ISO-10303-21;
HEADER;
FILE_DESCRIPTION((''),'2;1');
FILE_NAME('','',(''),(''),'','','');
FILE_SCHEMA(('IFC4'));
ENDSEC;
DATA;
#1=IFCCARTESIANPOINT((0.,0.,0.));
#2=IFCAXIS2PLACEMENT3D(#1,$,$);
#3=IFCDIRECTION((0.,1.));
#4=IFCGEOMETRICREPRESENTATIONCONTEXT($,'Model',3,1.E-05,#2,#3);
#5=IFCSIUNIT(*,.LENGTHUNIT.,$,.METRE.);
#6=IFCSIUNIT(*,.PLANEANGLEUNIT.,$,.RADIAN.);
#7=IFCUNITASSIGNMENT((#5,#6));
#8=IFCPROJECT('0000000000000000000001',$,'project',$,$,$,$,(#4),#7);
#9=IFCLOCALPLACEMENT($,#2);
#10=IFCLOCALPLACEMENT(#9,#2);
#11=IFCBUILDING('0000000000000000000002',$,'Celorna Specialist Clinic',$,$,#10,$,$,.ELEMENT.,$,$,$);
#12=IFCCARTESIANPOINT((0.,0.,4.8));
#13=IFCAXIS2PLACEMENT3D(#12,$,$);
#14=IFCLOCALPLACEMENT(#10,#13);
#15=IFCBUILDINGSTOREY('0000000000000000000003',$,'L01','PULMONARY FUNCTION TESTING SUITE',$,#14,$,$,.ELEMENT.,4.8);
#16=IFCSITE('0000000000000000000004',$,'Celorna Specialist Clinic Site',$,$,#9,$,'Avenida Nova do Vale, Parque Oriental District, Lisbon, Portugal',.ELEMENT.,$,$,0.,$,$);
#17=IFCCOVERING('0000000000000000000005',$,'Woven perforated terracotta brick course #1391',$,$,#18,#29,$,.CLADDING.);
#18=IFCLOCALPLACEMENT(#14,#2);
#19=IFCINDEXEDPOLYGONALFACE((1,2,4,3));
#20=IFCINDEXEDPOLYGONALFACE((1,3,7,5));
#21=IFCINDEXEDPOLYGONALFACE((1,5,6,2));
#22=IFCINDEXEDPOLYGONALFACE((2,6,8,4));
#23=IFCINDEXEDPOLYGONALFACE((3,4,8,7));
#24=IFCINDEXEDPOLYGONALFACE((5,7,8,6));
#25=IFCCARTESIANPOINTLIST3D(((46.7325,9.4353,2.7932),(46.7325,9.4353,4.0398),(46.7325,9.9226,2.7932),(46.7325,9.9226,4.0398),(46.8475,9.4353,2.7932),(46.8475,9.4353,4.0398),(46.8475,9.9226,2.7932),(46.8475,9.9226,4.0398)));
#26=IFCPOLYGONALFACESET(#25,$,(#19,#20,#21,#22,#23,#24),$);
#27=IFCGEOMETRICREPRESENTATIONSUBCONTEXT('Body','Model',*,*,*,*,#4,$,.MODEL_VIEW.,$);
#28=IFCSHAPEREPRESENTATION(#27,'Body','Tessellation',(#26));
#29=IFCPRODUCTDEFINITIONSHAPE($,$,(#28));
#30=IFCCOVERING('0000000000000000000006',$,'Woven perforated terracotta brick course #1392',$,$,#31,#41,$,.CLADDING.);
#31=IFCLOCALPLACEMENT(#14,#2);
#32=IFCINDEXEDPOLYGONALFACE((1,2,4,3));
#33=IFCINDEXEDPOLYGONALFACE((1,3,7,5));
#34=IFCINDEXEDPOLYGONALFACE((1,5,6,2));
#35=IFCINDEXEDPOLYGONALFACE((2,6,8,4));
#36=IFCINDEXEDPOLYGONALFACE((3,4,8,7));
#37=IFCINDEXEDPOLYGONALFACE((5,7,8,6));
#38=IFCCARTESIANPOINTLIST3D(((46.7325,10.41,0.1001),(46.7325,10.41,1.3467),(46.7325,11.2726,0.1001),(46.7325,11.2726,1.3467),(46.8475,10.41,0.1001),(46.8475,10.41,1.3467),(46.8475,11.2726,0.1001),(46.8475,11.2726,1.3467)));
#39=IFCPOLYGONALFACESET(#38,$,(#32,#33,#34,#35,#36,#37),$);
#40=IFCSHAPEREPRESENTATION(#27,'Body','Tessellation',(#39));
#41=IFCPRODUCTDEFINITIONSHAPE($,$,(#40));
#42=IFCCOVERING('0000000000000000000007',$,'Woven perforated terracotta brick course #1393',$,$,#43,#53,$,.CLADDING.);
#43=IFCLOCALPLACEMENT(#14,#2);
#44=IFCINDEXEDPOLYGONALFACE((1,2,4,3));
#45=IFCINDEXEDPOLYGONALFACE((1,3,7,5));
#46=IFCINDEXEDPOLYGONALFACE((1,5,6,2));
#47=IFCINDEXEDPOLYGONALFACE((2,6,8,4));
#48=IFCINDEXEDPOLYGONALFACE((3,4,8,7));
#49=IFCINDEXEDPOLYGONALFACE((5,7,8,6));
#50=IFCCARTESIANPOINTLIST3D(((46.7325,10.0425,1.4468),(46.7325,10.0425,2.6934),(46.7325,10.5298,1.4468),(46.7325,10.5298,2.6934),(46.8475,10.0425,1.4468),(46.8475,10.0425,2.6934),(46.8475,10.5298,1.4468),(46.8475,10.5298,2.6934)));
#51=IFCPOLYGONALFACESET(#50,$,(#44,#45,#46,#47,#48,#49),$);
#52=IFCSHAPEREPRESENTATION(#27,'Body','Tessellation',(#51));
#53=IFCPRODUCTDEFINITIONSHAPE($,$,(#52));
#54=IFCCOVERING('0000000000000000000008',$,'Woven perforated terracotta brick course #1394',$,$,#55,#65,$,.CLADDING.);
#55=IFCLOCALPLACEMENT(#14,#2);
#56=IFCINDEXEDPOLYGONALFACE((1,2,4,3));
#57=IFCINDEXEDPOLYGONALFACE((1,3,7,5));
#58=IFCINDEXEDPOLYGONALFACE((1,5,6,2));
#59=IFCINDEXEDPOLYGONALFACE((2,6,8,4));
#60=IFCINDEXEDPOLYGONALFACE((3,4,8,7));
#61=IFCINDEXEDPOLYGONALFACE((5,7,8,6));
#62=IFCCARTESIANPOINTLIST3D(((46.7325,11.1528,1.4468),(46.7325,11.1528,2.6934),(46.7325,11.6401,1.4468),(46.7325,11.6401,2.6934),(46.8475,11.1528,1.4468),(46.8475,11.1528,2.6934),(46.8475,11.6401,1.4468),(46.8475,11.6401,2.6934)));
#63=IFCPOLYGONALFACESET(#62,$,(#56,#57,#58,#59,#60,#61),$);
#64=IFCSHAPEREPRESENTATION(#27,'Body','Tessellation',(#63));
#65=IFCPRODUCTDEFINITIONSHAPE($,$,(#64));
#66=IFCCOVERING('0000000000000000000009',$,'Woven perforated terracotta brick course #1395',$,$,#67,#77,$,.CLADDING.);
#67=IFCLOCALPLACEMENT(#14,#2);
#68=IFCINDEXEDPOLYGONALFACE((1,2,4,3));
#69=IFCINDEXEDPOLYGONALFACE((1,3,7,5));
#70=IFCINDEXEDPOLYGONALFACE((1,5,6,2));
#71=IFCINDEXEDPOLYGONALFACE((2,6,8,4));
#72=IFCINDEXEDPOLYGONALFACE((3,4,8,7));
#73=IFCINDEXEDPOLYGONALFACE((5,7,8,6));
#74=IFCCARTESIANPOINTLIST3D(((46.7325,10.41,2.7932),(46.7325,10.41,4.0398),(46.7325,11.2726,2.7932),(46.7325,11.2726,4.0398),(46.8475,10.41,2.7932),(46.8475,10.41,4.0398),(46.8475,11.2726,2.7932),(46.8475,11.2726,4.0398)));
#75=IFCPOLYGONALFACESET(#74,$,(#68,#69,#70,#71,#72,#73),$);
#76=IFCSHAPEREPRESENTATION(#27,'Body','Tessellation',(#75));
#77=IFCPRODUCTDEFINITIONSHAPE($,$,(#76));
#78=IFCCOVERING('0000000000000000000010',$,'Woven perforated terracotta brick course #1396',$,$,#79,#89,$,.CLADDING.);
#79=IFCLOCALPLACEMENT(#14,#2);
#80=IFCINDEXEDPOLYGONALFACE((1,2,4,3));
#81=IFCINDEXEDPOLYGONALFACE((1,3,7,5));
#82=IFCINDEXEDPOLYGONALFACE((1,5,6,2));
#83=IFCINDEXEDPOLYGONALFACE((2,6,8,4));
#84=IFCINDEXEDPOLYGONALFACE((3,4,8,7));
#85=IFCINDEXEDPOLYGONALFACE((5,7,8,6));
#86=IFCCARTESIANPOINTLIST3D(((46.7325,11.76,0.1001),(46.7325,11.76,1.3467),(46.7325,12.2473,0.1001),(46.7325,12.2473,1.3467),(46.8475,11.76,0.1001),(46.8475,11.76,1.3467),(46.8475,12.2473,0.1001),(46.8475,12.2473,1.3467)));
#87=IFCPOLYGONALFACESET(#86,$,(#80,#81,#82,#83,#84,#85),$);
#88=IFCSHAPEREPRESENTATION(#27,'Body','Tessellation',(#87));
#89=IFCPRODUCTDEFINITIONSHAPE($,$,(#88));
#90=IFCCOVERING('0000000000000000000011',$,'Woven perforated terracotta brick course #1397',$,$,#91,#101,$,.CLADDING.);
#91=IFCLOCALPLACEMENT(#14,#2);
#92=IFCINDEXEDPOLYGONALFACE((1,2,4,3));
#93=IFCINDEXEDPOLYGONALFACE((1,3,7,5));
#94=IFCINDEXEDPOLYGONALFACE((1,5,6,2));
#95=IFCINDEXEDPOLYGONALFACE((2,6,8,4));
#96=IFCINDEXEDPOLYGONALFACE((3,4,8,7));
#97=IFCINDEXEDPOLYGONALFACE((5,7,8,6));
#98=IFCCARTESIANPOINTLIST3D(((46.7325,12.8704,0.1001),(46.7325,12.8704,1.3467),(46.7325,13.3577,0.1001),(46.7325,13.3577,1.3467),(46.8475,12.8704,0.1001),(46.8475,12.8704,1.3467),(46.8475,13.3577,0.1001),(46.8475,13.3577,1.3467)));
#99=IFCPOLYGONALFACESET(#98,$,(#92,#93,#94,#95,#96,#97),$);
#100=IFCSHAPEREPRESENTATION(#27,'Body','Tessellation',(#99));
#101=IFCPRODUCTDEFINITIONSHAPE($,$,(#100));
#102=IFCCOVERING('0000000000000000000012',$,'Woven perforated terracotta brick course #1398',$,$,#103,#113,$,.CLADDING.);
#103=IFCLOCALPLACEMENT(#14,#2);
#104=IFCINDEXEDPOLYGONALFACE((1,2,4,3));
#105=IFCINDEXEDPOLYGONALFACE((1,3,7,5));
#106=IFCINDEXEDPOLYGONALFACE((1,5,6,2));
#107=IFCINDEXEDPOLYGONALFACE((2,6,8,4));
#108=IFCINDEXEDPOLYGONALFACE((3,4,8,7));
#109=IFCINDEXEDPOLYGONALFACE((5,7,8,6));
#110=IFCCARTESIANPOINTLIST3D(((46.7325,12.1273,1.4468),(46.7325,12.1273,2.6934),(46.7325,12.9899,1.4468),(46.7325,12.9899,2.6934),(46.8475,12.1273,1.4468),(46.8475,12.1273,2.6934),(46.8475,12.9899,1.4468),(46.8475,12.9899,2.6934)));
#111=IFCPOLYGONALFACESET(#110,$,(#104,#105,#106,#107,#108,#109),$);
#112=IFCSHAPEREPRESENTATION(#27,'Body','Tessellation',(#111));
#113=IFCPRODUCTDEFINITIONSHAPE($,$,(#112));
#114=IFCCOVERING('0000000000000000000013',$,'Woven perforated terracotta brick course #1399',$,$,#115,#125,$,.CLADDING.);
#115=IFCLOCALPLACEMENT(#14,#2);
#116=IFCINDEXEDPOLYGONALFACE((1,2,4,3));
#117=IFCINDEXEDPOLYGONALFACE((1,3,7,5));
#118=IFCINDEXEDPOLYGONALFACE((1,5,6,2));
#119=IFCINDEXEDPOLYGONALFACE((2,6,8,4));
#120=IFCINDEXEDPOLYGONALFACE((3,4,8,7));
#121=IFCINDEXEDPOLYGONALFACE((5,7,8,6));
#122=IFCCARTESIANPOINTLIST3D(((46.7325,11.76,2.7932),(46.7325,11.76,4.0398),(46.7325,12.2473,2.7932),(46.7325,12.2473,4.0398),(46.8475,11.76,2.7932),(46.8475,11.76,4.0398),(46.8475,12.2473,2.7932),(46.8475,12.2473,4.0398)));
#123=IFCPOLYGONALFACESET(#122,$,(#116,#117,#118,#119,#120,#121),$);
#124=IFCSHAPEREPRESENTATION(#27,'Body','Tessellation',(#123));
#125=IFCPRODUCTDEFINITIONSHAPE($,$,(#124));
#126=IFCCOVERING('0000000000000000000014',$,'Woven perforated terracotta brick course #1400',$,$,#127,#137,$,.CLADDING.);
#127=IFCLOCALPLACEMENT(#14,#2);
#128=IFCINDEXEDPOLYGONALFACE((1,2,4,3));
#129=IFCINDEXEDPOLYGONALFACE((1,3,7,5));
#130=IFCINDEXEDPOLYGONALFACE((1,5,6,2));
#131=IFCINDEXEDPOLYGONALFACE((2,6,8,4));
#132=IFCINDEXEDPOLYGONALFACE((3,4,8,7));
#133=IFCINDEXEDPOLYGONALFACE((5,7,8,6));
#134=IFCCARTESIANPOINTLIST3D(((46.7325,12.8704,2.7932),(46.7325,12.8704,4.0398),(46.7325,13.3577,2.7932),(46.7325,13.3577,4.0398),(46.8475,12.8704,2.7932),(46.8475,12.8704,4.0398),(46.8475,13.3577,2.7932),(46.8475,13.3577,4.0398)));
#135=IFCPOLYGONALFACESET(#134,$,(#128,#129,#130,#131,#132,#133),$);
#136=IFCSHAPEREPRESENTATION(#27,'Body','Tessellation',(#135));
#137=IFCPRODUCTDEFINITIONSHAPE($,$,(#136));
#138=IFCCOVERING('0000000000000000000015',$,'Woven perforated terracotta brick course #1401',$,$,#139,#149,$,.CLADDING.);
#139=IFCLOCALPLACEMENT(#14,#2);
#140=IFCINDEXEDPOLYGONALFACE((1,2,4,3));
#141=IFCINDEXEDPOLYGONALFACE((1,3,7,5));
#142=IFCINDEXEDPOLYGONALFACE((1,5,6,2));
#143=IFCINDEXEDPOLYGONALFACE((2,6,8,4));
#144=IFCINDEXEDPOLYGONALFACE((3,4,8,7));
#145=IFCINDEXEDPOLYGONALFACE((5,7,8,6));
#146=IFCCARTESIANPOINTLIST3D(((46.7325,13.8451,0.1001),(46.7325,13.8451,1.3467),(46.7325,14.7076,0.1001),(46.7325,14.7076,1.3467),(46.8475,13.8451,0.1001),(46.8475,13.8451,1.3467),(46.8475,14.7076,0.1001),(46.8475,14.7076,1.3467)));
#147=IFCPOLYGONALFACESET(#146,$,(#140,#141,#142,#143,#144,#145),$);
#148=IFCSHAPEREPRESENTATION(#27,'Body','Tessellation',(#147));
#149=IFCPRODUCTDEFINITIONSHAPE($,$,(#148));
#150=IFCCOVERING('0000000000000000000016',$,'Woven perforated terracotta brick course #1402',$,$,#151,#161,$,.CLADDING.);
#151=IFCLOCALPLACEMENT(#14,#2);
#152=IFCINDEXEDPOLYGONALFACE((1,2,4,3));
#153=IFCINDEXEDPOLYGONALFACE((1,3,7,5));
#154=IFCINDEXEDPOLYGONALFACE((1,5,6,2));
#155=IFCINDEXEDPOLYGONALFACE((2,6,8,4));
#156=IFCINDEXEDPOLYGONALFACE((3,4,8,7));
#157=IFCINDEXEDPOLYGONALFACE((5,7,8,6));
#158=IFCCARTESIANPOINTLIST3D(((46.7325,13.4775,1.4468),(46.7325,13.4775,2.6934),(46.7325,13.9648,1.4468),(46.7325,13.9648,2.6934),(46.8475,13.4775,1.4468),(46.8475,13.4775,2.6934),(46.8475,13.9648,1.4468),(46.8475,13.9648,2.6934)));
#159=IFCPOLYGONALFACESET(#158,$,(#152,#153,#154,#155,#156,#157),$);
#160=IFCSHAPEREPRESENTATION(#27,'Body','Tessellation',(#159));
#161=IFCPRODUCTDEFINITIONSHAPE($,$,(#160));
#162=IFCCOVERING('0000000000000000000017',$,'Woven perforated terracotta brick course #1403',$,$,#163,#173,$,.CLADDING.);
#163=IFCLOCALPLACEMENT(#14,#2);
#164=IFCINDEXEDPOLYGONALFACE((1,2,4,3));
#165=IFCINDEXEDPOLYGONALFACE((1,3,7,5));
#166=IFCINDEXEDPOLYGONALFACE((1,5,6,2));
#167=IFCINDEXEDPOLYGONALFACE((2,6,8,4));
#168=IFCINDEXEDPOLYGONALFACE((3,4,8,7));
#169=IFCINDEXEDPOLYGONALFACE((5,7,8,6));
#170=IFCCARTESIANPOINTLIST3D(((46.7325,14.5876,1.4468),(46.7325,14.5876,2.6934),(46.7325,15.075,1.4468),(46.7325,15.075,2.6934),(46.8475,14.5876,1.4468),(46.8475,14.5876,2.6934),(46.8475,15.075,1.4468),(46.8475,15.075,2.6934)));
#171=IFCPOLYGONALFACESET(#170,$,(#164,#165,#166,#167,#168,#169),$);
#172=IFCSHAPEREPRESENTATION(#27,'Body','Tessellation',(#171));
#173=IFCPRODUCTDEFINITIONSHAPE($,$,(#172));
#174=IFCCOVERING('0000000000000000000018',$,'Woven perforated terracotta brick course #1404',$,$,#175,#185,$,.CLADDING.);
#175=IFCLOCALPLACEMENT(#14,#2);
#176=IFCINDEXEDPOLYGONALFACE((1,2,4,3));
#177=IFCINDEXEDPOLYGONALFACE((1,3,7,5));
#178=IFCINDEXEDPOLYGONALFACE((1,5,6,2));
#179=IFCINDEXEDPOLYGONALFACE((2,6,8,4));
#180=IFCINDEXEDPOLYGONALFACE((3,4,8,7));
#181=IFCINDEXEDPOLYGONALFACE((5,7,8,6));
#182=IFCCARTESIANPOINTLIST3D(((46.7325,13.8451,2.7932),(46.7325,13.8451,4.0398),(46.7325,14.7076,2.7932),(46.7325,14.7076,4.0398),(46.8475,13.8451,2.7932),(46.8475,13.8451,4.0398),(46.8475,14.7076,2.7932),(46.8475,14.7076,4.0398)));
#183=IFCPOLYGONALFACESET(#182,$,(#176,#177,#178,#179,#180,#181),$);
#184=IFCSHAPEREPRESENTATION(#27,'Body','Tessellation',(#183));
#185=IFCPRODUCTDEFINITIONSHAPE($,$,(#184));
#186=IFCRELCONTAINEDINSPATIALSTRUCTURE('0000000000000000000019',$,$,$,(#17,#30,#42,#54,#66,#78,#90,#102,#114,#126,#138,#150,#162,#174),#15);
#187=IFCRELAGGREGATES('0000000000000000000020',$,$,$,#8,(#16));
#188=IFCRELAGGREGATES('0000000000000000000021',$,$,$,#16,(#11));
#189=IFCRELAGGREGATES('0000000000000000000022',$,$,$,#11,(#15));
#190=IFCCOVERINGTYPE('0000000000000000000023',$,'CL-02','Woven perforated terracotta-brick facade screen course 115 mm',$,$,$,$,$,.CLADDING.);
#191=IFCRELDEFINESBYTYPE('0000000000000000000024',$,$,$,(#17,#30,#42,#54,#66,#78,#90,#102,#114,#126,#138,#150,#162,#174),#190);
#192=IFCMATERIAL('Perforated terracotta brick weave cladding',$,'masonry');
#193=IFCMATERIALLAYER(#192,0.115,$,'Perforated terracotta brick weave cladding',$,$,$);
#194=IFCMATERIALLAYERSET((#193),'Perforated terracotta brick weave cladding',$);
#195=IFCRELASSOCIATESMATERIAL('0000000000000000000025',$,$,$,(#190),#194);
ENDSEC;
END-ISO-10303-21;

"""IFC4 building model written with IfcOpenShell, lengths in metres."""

from ifc_helpers import new_model, si_unit, direction, frame, origin, origin_2d, place, context, subcontext, project, spatial, rectangle, extrude, material, layer, layer_set, type_object, element, save


model = new_model("IFC4")

# Units and contexts
model_context = context("Model", 3, precision=1e-05, world=origin(), true_north=direction((0.0, 1.0)))
body_context = subcontext(model_context, "Body", "Model", "MODEL_VIEW")
ifc_project = project(units=[si_unit("LENGTHUNIT", "METRE"), si_unit("PLANEANGLEUNIT", "RADIAN")], contexts=[model_context])

# Site, building, storey
site_placement = place(None, origin())
site = spatial("IfcSite", under=ifc_project, at=site_placement, Name="Celorna Specialist Clinic Site", LongName="Avenida Nova do Vale, Parque Oriental District, Lisbon, Portugal", CompositionType="ELEMENT", RefElevation=0.0)
building_placement = place(site_placement, origin())
building = spatial("IfcBuilding", under=site, at=building_placement, Name="Celorna Specialist Clinic", CompositionType="ELEMENT")
storey_placement = place(building_placement, frame((0.0, 0.0, 4.8)))
storey = spatial("IfcBuildingStorey", under=building, at=storey_placement, Name="L01", Description="PULMONARY FUNCTION TESTING SUITE", CompositionType="ELEMENT", Elevation=4.8)

# Coverings
ifc_material_1 = material(Name="Perforated terracotta brick weave cladding", Category="masonry")
ifc_layer_1 = layer(ifc_material_1, 0.115, Name="Perforated terracotta brick weave cladding")
ifc_layer_set_1 = layer_set([ifc_layer_1], Name="Perforated terracotta brick weave cladding")
covering_type = type_object("IfcCoveringType", Name="CL-02", Description="Woven perforated terracotta-brick facade screen course 115 mm", PredefinedType="CLADDING", material=ifc_layer_set_1)
for number, where, z_axis, x_axis, name in (
    (1, (46.79, 9.679, 2.7932), (0.0, 0.0, 1.0), (0.0, 1.0, 0.0), "Woven perforated terracotta brick course #1391"),
):
    element("IfcCovering", number, at=place(storey_placement, frame(where, z_axis=z_axis, x_axis=x_axis)), inside=storey, type_object=covering_type, Name=name, PredefinedType="CLADDING", context=body_context, shape_type="SweptSolid", body=[
        extrude(rectangle(XDim=0.4873, YDim=0.115, at=origin_2d()), origin(), (0.0, 0.0, 1.0), 1.2466),
    ])
covering_1_placement = place(storey_placement, frame((46.79, 10.8413, 0.1001), z_axis=(0.0, 0.0, 1.0), x_axis=(0.0, 1.0, 0.0)))
element("IfcCovering", 2, at=covering_1_placement, inside=storey, type_object=covering_type, Name="Woven perforated terracotta brick course #1392", PredefinedType="CLADDING", context=body_context, shape_type="SweptSolid", body=[
    extrude(rectangle(XDim=0.8625, YDim=0.115, at=origin_2d()), origin(), (0.0, 0.0, 1.0), 1.2466),
])
for number, where, z_axis, x_axis, name in (
    (3, (46.79, 10.2861, 1.4468), (0.0, 0.0, 1.0), (0.0, 1.0, 0.0), "Woven perforated terracotta brick course #1393"),
    (4, (46.79, 11.3965, 1.4468), (0.0, 0.0, 1.0), (0.0, 1.0, 0.0), "Woven perforated terracotta brick course #1394"),
):
    element("IfcCovering", number, at=place(storey_placement, frame(where, z_axis=z_axis, x_axis=x_axis)), inside=storey, type_object=covering_type, Name=name, PredefinedType="CLADDING", context=body_context, shape_type="SweptSolid", body=[
        extrude(rectangle(XDim=0.4873, YDim=0.115, at=origin_2d()), origin(), (0.0, 0.0, 1.0), 1.2466),
    ])
covering_2_placement = place(storey_placement, frame((46.79, 10.8413, 2.7932), z_axis=(0.0, 0.0, 1.0), x_axis=(0.0, 1.0, 0.0)))
element("IfcCovering", 5, at=covering_2_placement, inside=storey, type_object=covering_type, Name="Woven perforated terracotta brick course #1395", PredefinedType="CLADDING", context=body_context, shape_type="SweptSolid", body=[
    extrude(rectangle(XDim=0.8625, YDim=0.115, at=origin_2d()), origin(), (0.0, 0.0, 1.0), 1.2466),
])
for number, where, z_axis, x_axis, name in (
    (6, (46.79, 12.0037, 0.1001), (0.0, 0.0, 1.0), (0.0, 1.0, 0.0), "Woven perforated terracotta brick course #1396"),
    (7, (46.79, 13.114, 0.1001), (0.0, 0.0, 1.0), (0.0, 1.0, 0.0), "Woven perforated terracotta brick course #1397"),
):
    element("IfcCovering", number, at=place(storey_placement, frame(where, z_axis=z_axis, x_axis=x_axis)), inside=storey, type_object=covering_type, Name=name, PredefinedType="CLADDING", context=body_context, shape_type="SweptSolid", body=[
        extrude(rectangle(XDim=0.4873, YDim=0.115, at=origin_2d()), origin(), (0.0, 0.0, 1.0), 1.2466),
    ])
covering_3_placement = place(storey_placement, frame((46.79, 12.5586, 1.4468), z_axis=(0.0, 0.0, 1.0), x_axis=(0.0, 1.0, 0.0)))
element("IfcCovering", 8, at=covering_3_placement, inside=storey, type_object=covering_type, Name="Woven perforated terracotta brick course #1398", PredefinedType="CLADDING", context=body_context, shape_type="SweptSolid", body=[
    extrude(rectangle(XDim=0.8625, YDim=0.115, at=origin_2d()), origin(), (0.0, 0.0, 1.0), 1.2466),
])
for number, where, z_axis, x_axis, name in (
    (9, (46.79, 12.0037, 2.7932), (0.0, 0.0, 1.0), (0.0, 1.0, 0.0), "Woven perforated terracotta brick course #1399"),
    (10, (46.79, 13.114, 2.7932), (0.0, 0.0, 1.0), (0.0, 1.0, 0.0), "Woven perforated terracotta brick course #1400"),
):
    element("IfcCovering", number, at=place(storey_placement, frame(where, z_axis=z_axis, x_axis=x_axis)), inside=storey, type_object=covering_type, Name=name, PredefinedType="CLADDING", context=body_context, shape_type="SweptSolid", body=[
        extrude(rectangle(XDim=0.4873, YDim=0.115, at=origin_2d()), origin(), (0.0, 0.0, 1.0), 1.2466),
    ])
covering_4_placement = place(storey_placement, frame((46.79, 14.2764, 0.1001), z_axis=(0.0, 0.0, 1.0), x_axis=(0.0, 1.0, 0.0)))
element("IfcCovering", 11, at=covering_4_placement, inside=storey, type_object=covering_type, Name="Woven perforated terracotta brick course #1401", PredefinedType="CLADDING", context=body_context, shape_type="SweptSolid", body=[
    extrude(rectangle(XDim=0.8625, YDim=0.115, at=origin_2d()), origin(), (0.0, 0.0, 1.0), 1.2466),
])
for number, where, z_axis, x_axis, name in (
    (12, (46.79, 13.7212, 1.4468), (0.0, 0.0, 1.0), (0.0, 1.0, 0.0), "Woven perforated terracotta brick course #1402"),
    (13, (46.79, 14.8313, 1.4468), (0.0, 0.0, 1.0), (0.0, 1.0, 0.0), "Woven perforated terracotta brick course #1403"),
):
    element("IfcCovering", number, at=place(storey_placement, frame(where, z_axis=z_axis, x_axis=x_axis)), inside=storey, type_object=covering_type, Name=name, PredefinedType="CLADDING", context=body_context, shape_type="SweptSolid", body=[
        extrude(rectangle(XDim=0.4873, YDim=0.115, at=origin_2d()), origin(), (0.0, 0.0, 1.0), 1.2466),
    ])
covering_5_placement = place(storey_placement, frame((46.79, 14.2764, 2.7932), z_axis=(0.0, 0.0, 1.0), x_axis=(0.0, 1.0, 0.0)))
element("IfcCovering", 14, at=covering_5_placement, inside=storey, type_object=covering_type, Name="Woven perforated terracotta brick course #1404", PredefinedType="CLADDING", context=body_context, shape_type="SweptSolid", body=[
    extrude(rectangle(XDim=0.8625, YDim=0.115, at=origin_2d()), origin(), (0.0, 0.0, 1.0), 1.2466),
])

save(model, "model.ifc")
